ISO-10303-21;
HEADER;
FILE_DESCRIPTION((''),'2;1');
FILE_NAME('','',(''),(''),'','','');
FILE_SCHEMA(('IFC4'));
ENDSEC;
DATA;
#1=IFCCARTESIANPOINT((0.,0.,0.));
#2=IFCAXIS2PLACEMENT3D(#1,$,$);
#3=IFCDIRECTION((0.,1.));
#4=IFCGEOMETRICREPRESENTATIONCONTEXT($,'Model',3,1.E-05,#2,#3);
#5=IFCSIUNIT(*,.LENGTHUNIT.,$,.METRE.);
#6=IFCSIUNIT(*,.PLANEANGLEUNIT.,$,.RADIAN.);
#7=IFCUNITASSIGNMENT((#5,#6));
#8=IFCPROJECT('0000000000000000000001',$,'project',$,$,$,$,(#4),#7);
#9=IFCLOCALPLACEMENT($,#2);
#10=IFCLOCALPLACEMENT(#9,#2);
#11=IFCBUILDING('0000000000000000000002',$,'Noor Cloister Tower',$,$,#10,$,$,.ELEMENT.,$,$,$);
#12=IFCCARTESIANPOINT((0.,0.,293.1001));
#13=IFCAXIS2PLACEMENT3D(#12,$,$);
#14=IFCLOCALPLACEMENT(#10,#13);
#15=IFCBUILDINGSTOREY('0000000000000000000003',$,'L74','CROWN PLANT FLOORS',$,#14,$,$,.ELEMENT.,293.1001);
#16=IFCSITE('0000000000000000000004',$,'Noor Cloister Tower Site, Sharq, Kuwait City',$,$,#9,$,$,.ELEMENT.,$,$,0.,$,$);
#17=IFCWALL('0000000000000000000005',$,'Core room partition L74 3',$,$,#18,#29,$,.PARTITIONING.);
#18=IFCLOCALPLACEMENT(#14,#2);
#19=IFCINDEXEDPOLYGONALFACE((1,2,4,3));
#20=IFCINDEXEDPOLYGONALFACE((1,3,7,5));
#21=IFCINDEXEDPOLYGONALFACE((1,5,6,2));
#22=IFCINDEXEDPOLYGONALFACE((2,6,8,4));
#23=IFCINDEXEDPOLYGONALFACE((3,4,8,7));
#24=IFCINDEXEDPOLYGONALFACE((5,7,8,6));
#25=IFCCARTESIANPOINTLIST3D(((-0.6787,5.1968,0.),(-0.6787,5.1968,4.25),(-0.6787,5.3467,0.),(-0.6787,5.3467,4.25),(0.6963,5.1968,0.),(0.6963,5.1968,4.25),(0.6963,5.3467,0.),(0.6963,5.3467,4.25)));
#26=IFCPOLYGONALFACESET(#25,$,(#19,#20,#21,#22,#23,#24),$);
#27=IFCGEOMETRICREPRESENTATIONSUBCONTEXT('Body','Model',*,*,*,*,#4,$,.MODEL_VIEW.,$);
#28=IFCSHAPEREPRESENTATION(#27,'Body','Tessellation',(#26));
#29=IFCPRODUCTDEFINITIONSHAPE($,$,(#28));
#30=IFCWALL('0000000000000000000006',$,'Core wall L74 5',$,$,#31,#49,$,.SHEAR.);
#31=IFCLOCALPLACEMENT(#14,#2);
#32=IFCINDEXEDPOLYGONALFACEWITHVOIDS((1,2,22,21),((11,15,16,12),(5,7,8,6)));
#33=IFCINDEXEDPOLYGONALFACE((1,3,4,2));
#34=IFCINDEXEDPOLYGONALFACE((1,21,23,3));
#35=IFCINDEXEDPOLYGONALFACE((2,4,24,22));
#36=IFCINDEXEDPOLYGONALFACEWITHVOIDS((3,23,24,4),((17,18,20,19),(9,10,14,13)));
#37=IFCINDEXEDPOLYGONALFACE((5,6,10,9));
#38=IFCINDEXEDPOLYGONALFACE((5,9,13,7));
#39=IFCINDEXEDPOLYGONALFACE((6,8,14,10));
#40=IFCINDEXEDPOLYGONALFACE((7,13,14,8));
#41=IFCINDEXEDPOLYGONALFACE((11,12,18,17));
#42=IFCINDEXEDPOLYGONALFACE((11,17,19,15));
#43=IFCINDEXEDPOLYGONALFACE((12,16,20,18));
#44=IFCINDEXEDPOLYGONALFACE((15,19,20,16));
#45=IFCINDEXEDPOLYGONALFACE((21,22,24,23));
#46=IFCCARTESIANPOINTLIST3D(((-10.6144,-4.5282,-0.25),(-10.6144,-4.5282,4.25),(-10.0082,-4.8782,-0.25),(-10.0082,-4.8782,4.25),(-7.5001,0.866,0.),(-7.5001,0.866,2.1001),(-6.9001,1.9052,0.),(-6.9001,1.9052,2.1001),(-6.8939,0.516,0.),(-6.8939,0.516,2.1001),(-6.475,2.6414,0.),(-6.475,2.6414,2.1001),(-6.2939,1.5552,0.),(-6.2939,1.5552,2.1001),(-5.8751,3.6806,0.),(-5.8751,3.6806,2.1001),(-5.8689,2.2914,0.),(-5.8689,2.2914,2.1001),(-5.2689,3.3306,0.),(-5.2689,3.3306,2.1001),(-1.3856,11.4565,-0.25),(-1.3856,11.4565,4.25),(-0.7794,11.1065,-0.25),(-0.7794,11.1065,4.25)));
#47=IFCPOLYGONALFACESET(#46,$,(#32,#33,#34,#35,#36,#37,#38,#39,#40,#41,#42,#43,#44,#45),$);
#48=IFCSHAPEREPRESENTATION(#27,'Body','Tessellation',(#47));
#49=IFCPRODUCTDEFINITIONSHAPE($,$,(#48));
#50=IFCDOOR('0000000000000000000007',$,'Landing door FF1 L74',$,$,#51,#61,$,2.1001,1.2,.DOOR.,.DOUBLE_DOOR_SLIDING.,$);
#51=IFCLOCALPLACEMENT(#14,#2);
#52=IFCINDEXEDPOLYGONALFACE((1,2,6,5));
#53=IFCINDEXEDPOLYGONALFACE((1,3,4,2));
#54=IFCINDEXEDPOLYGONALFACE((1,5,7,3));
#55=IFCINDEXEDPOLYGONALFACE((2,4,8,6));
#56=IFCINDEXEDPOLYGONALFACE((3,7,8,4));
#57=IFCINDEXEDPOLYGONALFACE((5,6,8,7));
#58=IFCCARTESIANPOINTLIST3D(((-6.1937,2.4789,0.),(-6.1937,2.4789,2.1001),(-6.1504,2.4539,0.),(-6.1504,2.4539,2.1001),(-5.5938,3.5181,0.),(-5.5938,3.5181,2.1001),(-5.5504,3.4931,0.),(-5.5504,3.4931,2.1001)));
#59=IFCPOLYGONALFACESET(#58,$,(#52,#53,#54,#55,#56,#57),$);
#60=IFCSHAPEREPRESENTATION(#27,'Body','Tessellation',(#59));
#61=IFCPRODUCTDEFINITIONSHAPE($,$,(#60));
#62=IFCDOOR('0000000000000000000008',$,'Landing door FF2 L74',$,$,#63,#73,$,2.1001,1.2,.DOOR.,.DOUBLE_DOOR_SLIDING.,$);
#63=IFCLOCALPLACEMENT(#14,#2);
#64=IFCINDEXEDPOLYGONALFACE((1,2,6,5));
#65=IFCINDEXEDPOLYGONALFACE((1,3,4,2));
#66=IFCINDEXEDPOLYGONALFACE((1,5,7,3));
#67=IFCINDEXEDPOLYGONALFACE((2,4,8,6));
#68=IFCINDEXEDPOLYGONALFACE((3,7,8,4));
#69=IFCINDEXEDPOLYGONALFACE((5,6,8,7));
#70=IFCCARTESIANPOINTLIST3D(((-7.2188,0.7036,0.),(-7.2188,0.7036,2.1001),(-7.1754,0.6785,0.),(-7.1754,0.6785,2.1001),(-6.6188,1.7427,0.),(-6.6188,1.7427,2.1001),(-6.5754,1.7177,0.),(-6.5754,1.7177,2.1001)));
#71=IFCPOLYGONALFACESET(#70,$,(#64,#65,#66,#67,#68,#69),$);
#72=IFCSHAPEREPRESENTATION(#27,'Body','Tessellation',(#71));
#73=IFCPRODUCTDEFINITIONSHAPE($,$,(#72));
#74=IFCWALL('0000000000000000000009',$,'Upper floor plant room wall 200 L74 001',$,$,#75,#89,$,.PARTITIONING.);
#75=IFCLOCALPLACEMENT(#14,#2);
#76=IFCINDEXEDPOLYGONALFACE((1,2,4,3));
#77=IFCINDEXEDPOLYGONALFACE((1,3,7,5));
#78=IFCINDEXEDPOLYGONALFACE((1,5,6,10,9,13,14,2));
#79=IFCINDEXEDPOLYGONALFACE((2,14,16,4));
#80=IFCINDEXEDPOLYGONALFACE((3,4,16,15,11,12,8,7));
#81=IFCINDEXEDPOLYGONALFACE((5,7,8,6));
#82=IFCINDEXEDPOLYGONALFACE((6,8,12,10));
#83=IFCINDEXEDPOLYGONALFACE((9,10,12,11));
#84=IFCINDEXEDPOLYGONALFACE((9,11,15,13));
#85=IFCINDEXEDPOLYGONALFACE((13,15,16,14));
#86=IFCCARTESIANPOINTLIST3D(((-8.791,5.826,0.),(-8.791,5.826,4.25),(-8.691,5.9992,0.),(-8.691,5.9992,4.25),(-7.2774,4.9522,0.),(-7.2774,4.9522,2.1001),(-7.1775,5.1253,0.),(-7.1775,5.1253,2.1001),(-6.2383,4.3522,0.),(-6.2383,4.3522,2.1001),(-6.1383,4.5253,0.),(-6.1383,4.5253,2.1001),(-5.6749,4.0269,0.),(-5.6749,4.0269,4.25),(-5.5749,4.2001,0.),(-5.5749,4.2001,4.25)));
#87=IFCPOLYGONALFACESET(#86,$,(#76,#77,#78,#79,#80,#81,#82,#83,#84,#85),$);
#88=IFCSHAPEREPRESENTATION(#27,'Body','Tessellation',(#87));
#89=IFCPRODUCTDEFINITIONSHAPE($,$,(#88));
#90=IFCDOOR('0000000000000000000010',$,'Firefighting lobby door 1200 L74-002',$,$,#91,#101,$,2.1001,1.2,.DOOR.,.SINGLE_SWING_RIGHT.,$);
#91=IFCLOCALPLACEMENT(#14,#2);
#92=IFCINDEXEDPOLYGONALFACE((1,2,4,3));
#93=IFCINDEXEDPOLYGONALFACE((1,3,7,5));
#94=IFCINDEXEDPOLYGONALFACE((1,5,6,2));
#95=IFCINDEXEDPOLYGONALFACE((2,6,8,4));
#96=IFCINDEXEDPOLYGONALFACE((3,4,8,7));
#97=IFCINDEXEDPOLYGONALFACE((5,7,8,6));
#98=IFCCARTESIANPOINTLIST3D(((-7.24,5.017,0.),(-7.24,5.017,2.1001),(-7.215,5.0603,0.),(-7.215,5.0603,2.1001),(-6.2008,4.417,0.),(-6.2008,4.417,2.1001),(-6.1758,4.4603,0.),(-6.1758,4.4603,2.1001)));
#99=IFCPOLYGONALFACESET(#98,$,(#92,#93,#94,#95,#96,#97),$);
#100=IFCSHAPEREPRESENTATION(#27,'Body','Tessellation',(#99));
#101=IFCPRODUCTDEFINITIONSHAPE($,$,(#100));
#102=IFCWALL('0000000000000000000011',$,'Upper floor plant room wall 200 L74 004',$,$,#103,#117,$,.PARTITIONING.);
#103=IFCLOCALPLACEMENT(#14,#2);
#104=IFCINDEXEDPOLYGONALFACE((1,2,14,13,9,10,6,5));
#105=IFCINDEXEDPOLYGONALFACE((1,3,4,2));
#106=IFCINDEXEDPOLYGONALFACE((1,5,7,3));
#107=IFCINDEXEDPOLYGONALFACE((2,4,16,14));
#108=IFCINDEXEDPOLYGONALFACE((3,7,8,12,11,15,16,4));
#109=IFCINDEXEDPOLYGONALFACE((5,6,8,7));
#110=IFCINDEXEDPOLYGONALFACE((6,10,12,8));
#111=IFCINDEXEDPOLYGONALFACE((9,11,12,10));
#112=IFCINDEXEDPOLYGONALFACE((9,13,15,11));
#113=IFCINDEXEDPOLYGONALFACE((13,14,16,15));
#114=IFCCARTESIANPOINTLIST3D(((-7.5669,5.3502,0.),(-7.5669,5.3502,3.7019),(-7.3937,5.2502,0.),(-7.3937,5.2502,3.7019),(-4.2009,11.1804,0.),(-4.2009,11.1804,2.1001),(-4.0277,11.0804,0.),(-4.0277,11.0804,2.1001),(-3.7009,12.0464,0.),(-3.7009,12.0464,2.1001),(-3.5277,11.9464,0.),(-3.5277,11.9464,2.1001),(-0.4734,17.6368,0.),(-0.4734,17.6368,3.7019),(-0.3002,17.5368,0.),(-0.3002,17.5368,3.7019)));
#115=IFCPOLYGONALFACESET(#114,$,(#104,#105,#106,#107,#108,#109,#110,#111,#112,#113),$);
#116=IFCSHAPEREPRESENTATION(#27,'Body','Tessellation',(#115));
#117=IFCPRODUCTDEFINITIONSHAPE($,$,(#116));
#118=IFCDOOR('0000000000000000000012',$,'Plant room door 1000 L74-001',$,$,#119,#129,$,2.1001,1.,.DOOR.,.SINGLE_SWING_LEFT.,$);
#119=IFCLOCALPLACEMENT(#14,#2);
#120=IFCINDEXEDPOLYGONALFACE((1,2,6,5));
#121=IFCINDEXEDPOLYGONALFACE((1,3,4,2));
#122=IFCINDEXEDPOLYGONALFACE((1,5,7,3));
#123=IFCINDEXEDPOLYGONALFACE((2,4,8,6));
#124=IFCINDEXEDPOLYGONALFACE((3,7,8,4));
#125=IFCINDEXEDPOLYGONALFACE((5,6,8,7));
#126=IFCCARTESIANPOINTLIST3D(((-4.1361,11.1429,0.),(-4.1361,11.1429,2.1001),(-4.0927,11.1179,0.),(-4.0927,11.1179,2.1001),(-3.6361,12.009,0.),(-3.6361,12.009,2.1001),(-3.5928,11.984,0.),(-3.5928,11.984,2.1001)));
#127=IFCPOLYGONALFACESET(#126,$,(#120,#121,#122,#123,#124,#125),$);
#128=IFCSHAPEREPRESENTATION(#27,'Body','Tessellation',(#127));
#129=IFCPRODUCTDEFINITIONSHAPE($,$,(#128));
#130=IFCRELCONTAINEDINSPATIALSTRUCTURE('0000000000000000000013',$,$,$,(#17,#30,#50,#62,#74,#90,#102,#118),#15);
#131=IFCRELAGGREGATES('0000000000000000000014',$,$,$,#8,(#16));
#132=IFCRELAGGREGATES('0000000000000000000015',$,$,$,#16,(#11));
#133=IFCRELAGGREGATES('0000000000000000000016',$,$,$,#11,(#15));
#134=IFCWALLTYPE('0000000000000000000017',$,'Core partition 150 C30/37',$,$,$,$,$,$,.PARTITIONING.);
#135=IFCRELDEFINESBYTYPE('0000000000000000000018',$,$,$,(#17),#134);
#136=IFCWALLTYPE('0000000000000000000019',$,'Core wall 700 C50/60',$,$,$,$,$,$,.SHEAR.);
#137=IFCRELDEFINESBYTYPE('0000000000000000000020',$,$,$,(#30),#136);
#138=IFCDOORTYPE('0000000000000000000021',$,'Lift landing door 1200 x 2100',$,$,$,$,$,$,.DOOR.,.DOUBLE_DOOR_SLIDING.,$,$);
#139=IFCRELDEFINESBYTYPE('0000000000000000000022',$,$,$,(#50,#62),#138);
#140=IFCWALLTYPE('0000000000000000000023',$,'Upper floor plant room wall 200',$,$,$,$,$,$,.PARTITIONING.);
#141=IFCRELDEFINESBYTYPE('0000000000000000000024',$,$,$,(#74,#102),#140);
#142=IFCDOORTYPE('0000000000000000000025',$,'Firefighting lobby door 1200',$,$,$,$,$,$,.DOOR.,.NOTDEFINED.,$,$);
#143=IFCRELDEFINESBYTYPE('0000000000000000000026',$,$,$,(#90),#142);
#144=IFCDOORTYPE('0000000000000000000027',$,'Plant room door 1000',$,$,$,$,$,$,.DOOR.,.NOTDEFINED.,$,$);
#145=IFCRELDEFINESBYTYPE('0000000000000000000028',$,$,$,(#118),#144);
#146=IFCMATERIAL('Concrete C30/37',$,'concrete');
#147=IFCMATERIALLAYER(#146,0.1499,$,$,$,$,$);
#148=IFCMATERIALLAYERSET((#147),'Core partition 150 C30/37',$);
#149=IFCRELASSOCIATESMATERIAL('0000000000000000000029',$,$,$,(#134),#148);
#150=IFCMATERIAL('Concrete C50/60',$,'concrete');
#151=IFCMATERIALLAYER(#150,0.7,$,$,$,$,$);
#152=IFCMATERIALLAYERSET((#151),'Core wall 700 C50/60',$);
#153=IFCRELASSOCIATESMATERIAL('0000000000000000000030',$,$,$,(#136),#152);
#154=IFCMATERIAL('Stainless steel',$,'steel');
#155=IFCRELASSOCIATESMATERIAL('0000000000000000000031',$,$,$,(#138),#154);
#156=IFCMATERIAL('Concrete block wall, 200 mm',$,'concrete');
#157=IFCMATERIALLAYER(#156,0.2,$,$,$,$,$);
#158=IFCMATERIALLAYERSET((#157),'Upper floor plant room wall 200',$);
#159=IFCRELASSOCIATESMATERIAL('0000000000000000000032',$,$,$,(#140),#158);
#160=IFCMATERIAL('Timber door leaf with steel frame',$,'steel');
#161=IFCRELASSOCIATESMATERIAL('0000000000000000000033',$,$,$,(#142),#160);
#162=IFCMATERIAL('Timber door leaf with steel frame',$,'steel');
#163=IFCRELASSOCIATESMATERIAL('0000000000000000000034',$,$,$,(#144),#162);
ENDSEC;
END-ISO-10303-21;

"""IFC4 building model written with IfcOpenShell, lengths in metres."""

from ifc_helpers import new_model, si_unit, direction, frame, frame_2d, origin, place, context, subcontext, project, spatial, rectangle, extrude, material, layer, layer_set, type_object, element, fill, save


model = new_model("IFC4")

# Units and contexts
model_context = context("Model", 3, precision=1e-05, world=origin(), true_north=direction((0.0, 1.0)))
body_context = subcontext(model_context, "Body", "Model", "MODEL_VIEW")
ifc_project = project(units=[si_unit("LENGTHUNIT", "METRE"), si_unit("PLANEANGLEUNIT", "RADIAN")], contexts=[model_context])

# Site, building, storey
site_placement = place(None, origin())
site = spatial("IfcSite", under=ifc_project, at=site_placement, Name="Noor Cloister Tower Site, Sharq, Kuwait City", CompositionType="ELEMENT", RefElevation=0.0)
building_placement = place(site_placement, origin())
building = spatial("IfcBuilding", under=site, at=building_placement, Name="Noor Cloister Tower", CompositionType="ELEMENT")
storey_placement = place(building_placement, frame((0.0, 0.0, 293.1001)))
storey = spatial("IfcBuildingStorey", under=building, at=storey_placement, Name="L74", Description="CROWN PLANT FLOORS", CompositionType="ELEMENT", Elevation=293.1001)

# Shared definitions
ifc_material_1 = material(Name="Concrete C30/37", Category="concrete")
ifc_layer_1 = layer(ifc_material_1, 0.1499)
ifc_layer_set_1 = layer_set([ifc_layer_1], Name="Core partition 150 C30/37")
wall_type_1 = type_object("IfcWallType", Name="Core partition 150 C30/37", PredefinedType="PARTITIONING", material=ifc_layer_set_1)

# Wall
wall_1_placement = place(storey_placement, frame((-0.6787, 5.2717, 0.0), z_axis=(0.0, 0.0, 1.0), x_axis=(1.0, 0.0, 0.0)))
element("IfcWall", 1, at=wall_1_placement, inside=storey, type_object=wall_type_1, Name="Core room partition L74 3", PredefinedType="PARTITIONING", context=body_context, shape_type="SweptSolid", body=[
    extrude(rectangle(XDim=1.375, YDim=0.1499, at=frame_2d((0.6875, 0.0))), origin(), (0.0, 0.0, 1.0), 4.25),
])

# Wall, openings, doors
ifc_material_2 = material(Name="Concrete C50/60", Category="concrete")
ifc_layer_2 = layer(ifc_material_2, 0.7)
ifc_layer_set_2 = layer_set([ifc_layer_2], Name="Core wall 700 C50/60")
wall_type_2 = type_object("IfcWallType", Name="Core wall 700 C50/60", PredefinedType="SHEAR", material=ifc_layer_set_2)
wall_2_placement = place(storey_placement, frame((-1.0825, 11.2815, -0.25), z_axis=(0.0, 0.0, 1.0), x_axis=(-0.500001, -0.866025, 0.0)))
wall_2 = element("IfcWall", 2, at=wall_2_placement, inside=storey, type_object=wall_type_2, Name="Core wall L74 5", PredefinedType="SHEAR", context=body_context, shape_type="SweptSolid", body=[
    extrude(rectangle(XDim=18.4575, YDim=0.7, at=frame_2d((9.2288, 0.0))), origin(), (0.0, 0.0, 1.0), 4.5),
])
opening_1_placement = place(wall_2_placement, frame((8.9788, 0.0, 0.25)))
opening_1 = element("IfcOpeningElement", 3, at=opening_1_placement, cuts=wall_2, PredefinedType="OPENING", context=body_context, shape_type="SweptSolid", body=[
    extrude(rectangle(XDim=1.2, YDim=2.1001, at=frame_2d((0.6001, 1.05))), frame((0.0, 0.3599, 0.0), z_axis=(0.0, -1.0, 0.0), x_axis=(1.0, 0.0, 0.0)), (0.0, 0.0, 1.0), 0.72),
])
opening_2_placement = place(wall_2_placement, frame((11.0288, 0.0, 0.25)))
opening_2 = element("IfcOpeningElement", 4, at=opening_2_placement, cuts=wall_2, PredefinedType="OPENING", context=body_context, shape_type="SweptSolid", body=[
    extrude(rectangle(XDim=1.2, YDim=2.1001, at=frame_2d((0.6001, 1.05))), frame((0.0, 0.3599, 0.0), z_axis=(0.0, -1.0, 0.0), x_axis=(1.0, 0.0, 0.0)), (0.0, 0.0, 1.0), 0.72),
])
ifc_material_3 = material(Name="Stainless steel", Category="steel")
door_type_1 = type_object("IfcDoorType", Name="Lift landing door 1200 x 2100", OperationType="DOUBLE_DOOR_SLIDING", PredefinedType="DOOR", material=ifc_material_3)
door_1_placement = place(opening_1_placement, origin())
door_1 = element("IfcDoor", 5, at=door_1_placement, inside=storey, type_object=door_type_1, Name="Landing door FF1 L74", OperationType="DOUBLE_DOOR_SLIDING", OverallHeight=2.1001, OverallWidth=1.2, PredefinedType="DOOR", context=body_context, shape_type="SweptSolid", body=[
    extrude(rectangle(XDim=1.2, YDim=2.1001, at=frame_2d((0.6001, 1.05))), frame((0.0, 0.0249, 0.0), z_axis=(0.0, -1.0, 0.0), x_axis=(1.0, 0.0, 0.0)), (0.0, 0.0, 1.0), 0.05),
])
fill(opening_1, door_1)
door_2_placement = place(opening_2_placement, origin())
door_2 = element("IfcDoor", 6, at=door_2_placement, inside=storey, type_object=door_type_1, Name="Landing door FF2 L74", OperationType="DOUBLE_DOOR_SLIDING", OverallHeight=2.1001, OverallWidth=1.2, PredefinedType="DOOR", context=body_context, shape_type="SweptSolid", body=[
    extrude(rectangle(XDim=1.2, YDim=2.1001, at=frame_2d((0.6001, 1.05))), frame((0.0, 0.0249, 0.0), z_axis=(0.0, -1.0, 0.0), x_axis=(1.0, 0.0, 0.0)), (0.0, 0.0, 1.0), 0.05),
])
fill(opening_2, door_2)

# Walls, openings, doors
ifc_material_4 = material(Name="Concrete block wall, 200 mm", Category="concrete")
ifc_layer_3 = layer(ifc_material_4, 0.2)
ifc_layer_set_3 = layer_set([ifc_layer_3], Name="Upper floor plant room wall 200")
wall_type_3 = type_object("IfcWallType", Name="Upper floor plant room wall 200", PredefinedType="PARTITIONING", material=ifc_layer_set_3)
wall_3_placement = place(storey_placement, frame((-8.741, 5.9126, 0.0), z_axis=(0.0, 0.0, 1.0), x_axis=(0.866017, -0.500014, 0.0)))
wall_3 = element("IfcWall", 7, at=wall_3_placement, inside=storey, type_object=wall_type_3, Name="Upper floor plant room wall 200 L74 001", PredefinedType="PARTITIONING", context=body_context, shape_type="SweptSolid", body=[
    extrude(rectangle(XDim=3.5981, YDim=0.2, at=frame_2d((1.7991, 0.0))), origin(), (0.0, 0.0, 1.0), 4.25),
])
opening_3_placement = place(wall_3_placement, frame((1.7476, 0.0, 0.0)))
opening_3 = element("IfcOpeningElement", 8, at=opening_3_placement, cuts=wall_3, PredefinedType="OPENING", context=body_context, shape_type="SweptSolid", body=[
    extrude(rectangle(XDim=1.2, YDim=2.1001, at=frame_2d((0.6001, 1.05))), frame((0.0, 0.1099, 0.0), z_axis=(0.0, -1.0, 0.0), x_axis=(1.0, 0.0, 0.0)), (0.0, 0.0, 1.0), 0.22),
])
ifc_material_5 = material(Name="Timber door leaf with steel frame", Category="steel")
door_type_2 = type_object("IfcDoorType", Name="Firefighting lobby door 1200", OperationType="NOTDEFINED", PredefinedType="DOOR", material=ifc_material_5)
door_3_placement = place(opening_3_placement, origin())
door_3 = element("IfcDoor", 9, at=door_3_placement, inside=storey, type_object=door_type_2, Name="Firefighting lobby door 1200 L74-002", OperationType="SINGLE_SWING_RIGHT", OverallHeight=2.1001, OverallWidth=1.2, PredefinedType="DOOR", context=body_context, shape_type="SweptSolid", body=[
    extrude(rectangle(XDim=1.2, YDim=2.1001, at=frame_2d((0.6001, 1.05))), frame((0.0, 0.0249, 0.0), z_axis=(0.0, -1.0, 0.0), x_axis=(1.0, 0.0, 0.0)), (0.0, 0.0, 1.0), 0.05),
])
fill(opening_3, door_3)
wall_4_placement = place(storey_placement, frame((-0.3867, 17.5869, 0.0), z_axis=(0.0, 0.0, 1.0), x_axis=(-0.499991, -0.866031, 0.0)))
wall_4 = element("IfcWall", 10, at=wall_4_placement, inside=storey, type_object=wall_type_3, Name="Upper floor plant room wall 200 L74 004", PredefinedType="PARTITIONING", context=body_context, shape_type="SweptSolid", body=[
    extrude(rectangle(XDim=14.1873, YDim=0.2, at=frame_2d((7.0938, 0.0))), origin(), (0.0, 0.0, 1.0), 3.7019),
])
opening_4_placement = place(wall_4_placement, frame((6.4553, 0.0, 0.0)))
opening_4 = element("IfcOpeningElement", 11, at=opening_4_placement, cuts=wall_4, PredefinedType="OPENING", context=body_context, shape_type="SweptSolid", body=[
    extrude(rectangle(XDim=1.0, YDim=2.1001, at=frame_2d((0.5, 1.05))), frame((0.0, 0.1099, 0.0), z_axis=(0.0, -1.0, 0.0), x_axis=(1.0, 0.0, 0.0)), (0.0, 0.0, 1.0), 0.22),
])
ifc_material_6 = material(Name="Timber door leaf with steel frame", Category="steel")
door_type_3 = type_object("IfcDoorType", Name="Plant room door 1000", OperationType="NOTDEFINED", PredefinedType="DOOR", material=ifc_material_6)
door_4_placement = place(opening_4_placement, origin())
door_4 = element("IfcDoor", 12, at=door_4_placement, inside=storey, type_object=door_type_3, Name="Plant room door 1000 L74-001", OperationType="SINGLE_SWING_LEFT", OverallHeight=2.1001, OverallWidth=1.0, PredefinedType="DOOR", context=body_context, shape_type="SweptSolid", body=[
    extrude(rectangle(XDim=1.0, YDim=2.1001, at=frame_2d((0.5, 1.05))), frame((0.0, 0.0249, 0.0), z_axis=(0.0, -1.0, 0.0), x_axis=(1.0, 0.0, 0.0)), (0.0, 0.0, 1.0), 0.05),
])
fill(opening_4, door_4)

save(model, "model.ifc")
